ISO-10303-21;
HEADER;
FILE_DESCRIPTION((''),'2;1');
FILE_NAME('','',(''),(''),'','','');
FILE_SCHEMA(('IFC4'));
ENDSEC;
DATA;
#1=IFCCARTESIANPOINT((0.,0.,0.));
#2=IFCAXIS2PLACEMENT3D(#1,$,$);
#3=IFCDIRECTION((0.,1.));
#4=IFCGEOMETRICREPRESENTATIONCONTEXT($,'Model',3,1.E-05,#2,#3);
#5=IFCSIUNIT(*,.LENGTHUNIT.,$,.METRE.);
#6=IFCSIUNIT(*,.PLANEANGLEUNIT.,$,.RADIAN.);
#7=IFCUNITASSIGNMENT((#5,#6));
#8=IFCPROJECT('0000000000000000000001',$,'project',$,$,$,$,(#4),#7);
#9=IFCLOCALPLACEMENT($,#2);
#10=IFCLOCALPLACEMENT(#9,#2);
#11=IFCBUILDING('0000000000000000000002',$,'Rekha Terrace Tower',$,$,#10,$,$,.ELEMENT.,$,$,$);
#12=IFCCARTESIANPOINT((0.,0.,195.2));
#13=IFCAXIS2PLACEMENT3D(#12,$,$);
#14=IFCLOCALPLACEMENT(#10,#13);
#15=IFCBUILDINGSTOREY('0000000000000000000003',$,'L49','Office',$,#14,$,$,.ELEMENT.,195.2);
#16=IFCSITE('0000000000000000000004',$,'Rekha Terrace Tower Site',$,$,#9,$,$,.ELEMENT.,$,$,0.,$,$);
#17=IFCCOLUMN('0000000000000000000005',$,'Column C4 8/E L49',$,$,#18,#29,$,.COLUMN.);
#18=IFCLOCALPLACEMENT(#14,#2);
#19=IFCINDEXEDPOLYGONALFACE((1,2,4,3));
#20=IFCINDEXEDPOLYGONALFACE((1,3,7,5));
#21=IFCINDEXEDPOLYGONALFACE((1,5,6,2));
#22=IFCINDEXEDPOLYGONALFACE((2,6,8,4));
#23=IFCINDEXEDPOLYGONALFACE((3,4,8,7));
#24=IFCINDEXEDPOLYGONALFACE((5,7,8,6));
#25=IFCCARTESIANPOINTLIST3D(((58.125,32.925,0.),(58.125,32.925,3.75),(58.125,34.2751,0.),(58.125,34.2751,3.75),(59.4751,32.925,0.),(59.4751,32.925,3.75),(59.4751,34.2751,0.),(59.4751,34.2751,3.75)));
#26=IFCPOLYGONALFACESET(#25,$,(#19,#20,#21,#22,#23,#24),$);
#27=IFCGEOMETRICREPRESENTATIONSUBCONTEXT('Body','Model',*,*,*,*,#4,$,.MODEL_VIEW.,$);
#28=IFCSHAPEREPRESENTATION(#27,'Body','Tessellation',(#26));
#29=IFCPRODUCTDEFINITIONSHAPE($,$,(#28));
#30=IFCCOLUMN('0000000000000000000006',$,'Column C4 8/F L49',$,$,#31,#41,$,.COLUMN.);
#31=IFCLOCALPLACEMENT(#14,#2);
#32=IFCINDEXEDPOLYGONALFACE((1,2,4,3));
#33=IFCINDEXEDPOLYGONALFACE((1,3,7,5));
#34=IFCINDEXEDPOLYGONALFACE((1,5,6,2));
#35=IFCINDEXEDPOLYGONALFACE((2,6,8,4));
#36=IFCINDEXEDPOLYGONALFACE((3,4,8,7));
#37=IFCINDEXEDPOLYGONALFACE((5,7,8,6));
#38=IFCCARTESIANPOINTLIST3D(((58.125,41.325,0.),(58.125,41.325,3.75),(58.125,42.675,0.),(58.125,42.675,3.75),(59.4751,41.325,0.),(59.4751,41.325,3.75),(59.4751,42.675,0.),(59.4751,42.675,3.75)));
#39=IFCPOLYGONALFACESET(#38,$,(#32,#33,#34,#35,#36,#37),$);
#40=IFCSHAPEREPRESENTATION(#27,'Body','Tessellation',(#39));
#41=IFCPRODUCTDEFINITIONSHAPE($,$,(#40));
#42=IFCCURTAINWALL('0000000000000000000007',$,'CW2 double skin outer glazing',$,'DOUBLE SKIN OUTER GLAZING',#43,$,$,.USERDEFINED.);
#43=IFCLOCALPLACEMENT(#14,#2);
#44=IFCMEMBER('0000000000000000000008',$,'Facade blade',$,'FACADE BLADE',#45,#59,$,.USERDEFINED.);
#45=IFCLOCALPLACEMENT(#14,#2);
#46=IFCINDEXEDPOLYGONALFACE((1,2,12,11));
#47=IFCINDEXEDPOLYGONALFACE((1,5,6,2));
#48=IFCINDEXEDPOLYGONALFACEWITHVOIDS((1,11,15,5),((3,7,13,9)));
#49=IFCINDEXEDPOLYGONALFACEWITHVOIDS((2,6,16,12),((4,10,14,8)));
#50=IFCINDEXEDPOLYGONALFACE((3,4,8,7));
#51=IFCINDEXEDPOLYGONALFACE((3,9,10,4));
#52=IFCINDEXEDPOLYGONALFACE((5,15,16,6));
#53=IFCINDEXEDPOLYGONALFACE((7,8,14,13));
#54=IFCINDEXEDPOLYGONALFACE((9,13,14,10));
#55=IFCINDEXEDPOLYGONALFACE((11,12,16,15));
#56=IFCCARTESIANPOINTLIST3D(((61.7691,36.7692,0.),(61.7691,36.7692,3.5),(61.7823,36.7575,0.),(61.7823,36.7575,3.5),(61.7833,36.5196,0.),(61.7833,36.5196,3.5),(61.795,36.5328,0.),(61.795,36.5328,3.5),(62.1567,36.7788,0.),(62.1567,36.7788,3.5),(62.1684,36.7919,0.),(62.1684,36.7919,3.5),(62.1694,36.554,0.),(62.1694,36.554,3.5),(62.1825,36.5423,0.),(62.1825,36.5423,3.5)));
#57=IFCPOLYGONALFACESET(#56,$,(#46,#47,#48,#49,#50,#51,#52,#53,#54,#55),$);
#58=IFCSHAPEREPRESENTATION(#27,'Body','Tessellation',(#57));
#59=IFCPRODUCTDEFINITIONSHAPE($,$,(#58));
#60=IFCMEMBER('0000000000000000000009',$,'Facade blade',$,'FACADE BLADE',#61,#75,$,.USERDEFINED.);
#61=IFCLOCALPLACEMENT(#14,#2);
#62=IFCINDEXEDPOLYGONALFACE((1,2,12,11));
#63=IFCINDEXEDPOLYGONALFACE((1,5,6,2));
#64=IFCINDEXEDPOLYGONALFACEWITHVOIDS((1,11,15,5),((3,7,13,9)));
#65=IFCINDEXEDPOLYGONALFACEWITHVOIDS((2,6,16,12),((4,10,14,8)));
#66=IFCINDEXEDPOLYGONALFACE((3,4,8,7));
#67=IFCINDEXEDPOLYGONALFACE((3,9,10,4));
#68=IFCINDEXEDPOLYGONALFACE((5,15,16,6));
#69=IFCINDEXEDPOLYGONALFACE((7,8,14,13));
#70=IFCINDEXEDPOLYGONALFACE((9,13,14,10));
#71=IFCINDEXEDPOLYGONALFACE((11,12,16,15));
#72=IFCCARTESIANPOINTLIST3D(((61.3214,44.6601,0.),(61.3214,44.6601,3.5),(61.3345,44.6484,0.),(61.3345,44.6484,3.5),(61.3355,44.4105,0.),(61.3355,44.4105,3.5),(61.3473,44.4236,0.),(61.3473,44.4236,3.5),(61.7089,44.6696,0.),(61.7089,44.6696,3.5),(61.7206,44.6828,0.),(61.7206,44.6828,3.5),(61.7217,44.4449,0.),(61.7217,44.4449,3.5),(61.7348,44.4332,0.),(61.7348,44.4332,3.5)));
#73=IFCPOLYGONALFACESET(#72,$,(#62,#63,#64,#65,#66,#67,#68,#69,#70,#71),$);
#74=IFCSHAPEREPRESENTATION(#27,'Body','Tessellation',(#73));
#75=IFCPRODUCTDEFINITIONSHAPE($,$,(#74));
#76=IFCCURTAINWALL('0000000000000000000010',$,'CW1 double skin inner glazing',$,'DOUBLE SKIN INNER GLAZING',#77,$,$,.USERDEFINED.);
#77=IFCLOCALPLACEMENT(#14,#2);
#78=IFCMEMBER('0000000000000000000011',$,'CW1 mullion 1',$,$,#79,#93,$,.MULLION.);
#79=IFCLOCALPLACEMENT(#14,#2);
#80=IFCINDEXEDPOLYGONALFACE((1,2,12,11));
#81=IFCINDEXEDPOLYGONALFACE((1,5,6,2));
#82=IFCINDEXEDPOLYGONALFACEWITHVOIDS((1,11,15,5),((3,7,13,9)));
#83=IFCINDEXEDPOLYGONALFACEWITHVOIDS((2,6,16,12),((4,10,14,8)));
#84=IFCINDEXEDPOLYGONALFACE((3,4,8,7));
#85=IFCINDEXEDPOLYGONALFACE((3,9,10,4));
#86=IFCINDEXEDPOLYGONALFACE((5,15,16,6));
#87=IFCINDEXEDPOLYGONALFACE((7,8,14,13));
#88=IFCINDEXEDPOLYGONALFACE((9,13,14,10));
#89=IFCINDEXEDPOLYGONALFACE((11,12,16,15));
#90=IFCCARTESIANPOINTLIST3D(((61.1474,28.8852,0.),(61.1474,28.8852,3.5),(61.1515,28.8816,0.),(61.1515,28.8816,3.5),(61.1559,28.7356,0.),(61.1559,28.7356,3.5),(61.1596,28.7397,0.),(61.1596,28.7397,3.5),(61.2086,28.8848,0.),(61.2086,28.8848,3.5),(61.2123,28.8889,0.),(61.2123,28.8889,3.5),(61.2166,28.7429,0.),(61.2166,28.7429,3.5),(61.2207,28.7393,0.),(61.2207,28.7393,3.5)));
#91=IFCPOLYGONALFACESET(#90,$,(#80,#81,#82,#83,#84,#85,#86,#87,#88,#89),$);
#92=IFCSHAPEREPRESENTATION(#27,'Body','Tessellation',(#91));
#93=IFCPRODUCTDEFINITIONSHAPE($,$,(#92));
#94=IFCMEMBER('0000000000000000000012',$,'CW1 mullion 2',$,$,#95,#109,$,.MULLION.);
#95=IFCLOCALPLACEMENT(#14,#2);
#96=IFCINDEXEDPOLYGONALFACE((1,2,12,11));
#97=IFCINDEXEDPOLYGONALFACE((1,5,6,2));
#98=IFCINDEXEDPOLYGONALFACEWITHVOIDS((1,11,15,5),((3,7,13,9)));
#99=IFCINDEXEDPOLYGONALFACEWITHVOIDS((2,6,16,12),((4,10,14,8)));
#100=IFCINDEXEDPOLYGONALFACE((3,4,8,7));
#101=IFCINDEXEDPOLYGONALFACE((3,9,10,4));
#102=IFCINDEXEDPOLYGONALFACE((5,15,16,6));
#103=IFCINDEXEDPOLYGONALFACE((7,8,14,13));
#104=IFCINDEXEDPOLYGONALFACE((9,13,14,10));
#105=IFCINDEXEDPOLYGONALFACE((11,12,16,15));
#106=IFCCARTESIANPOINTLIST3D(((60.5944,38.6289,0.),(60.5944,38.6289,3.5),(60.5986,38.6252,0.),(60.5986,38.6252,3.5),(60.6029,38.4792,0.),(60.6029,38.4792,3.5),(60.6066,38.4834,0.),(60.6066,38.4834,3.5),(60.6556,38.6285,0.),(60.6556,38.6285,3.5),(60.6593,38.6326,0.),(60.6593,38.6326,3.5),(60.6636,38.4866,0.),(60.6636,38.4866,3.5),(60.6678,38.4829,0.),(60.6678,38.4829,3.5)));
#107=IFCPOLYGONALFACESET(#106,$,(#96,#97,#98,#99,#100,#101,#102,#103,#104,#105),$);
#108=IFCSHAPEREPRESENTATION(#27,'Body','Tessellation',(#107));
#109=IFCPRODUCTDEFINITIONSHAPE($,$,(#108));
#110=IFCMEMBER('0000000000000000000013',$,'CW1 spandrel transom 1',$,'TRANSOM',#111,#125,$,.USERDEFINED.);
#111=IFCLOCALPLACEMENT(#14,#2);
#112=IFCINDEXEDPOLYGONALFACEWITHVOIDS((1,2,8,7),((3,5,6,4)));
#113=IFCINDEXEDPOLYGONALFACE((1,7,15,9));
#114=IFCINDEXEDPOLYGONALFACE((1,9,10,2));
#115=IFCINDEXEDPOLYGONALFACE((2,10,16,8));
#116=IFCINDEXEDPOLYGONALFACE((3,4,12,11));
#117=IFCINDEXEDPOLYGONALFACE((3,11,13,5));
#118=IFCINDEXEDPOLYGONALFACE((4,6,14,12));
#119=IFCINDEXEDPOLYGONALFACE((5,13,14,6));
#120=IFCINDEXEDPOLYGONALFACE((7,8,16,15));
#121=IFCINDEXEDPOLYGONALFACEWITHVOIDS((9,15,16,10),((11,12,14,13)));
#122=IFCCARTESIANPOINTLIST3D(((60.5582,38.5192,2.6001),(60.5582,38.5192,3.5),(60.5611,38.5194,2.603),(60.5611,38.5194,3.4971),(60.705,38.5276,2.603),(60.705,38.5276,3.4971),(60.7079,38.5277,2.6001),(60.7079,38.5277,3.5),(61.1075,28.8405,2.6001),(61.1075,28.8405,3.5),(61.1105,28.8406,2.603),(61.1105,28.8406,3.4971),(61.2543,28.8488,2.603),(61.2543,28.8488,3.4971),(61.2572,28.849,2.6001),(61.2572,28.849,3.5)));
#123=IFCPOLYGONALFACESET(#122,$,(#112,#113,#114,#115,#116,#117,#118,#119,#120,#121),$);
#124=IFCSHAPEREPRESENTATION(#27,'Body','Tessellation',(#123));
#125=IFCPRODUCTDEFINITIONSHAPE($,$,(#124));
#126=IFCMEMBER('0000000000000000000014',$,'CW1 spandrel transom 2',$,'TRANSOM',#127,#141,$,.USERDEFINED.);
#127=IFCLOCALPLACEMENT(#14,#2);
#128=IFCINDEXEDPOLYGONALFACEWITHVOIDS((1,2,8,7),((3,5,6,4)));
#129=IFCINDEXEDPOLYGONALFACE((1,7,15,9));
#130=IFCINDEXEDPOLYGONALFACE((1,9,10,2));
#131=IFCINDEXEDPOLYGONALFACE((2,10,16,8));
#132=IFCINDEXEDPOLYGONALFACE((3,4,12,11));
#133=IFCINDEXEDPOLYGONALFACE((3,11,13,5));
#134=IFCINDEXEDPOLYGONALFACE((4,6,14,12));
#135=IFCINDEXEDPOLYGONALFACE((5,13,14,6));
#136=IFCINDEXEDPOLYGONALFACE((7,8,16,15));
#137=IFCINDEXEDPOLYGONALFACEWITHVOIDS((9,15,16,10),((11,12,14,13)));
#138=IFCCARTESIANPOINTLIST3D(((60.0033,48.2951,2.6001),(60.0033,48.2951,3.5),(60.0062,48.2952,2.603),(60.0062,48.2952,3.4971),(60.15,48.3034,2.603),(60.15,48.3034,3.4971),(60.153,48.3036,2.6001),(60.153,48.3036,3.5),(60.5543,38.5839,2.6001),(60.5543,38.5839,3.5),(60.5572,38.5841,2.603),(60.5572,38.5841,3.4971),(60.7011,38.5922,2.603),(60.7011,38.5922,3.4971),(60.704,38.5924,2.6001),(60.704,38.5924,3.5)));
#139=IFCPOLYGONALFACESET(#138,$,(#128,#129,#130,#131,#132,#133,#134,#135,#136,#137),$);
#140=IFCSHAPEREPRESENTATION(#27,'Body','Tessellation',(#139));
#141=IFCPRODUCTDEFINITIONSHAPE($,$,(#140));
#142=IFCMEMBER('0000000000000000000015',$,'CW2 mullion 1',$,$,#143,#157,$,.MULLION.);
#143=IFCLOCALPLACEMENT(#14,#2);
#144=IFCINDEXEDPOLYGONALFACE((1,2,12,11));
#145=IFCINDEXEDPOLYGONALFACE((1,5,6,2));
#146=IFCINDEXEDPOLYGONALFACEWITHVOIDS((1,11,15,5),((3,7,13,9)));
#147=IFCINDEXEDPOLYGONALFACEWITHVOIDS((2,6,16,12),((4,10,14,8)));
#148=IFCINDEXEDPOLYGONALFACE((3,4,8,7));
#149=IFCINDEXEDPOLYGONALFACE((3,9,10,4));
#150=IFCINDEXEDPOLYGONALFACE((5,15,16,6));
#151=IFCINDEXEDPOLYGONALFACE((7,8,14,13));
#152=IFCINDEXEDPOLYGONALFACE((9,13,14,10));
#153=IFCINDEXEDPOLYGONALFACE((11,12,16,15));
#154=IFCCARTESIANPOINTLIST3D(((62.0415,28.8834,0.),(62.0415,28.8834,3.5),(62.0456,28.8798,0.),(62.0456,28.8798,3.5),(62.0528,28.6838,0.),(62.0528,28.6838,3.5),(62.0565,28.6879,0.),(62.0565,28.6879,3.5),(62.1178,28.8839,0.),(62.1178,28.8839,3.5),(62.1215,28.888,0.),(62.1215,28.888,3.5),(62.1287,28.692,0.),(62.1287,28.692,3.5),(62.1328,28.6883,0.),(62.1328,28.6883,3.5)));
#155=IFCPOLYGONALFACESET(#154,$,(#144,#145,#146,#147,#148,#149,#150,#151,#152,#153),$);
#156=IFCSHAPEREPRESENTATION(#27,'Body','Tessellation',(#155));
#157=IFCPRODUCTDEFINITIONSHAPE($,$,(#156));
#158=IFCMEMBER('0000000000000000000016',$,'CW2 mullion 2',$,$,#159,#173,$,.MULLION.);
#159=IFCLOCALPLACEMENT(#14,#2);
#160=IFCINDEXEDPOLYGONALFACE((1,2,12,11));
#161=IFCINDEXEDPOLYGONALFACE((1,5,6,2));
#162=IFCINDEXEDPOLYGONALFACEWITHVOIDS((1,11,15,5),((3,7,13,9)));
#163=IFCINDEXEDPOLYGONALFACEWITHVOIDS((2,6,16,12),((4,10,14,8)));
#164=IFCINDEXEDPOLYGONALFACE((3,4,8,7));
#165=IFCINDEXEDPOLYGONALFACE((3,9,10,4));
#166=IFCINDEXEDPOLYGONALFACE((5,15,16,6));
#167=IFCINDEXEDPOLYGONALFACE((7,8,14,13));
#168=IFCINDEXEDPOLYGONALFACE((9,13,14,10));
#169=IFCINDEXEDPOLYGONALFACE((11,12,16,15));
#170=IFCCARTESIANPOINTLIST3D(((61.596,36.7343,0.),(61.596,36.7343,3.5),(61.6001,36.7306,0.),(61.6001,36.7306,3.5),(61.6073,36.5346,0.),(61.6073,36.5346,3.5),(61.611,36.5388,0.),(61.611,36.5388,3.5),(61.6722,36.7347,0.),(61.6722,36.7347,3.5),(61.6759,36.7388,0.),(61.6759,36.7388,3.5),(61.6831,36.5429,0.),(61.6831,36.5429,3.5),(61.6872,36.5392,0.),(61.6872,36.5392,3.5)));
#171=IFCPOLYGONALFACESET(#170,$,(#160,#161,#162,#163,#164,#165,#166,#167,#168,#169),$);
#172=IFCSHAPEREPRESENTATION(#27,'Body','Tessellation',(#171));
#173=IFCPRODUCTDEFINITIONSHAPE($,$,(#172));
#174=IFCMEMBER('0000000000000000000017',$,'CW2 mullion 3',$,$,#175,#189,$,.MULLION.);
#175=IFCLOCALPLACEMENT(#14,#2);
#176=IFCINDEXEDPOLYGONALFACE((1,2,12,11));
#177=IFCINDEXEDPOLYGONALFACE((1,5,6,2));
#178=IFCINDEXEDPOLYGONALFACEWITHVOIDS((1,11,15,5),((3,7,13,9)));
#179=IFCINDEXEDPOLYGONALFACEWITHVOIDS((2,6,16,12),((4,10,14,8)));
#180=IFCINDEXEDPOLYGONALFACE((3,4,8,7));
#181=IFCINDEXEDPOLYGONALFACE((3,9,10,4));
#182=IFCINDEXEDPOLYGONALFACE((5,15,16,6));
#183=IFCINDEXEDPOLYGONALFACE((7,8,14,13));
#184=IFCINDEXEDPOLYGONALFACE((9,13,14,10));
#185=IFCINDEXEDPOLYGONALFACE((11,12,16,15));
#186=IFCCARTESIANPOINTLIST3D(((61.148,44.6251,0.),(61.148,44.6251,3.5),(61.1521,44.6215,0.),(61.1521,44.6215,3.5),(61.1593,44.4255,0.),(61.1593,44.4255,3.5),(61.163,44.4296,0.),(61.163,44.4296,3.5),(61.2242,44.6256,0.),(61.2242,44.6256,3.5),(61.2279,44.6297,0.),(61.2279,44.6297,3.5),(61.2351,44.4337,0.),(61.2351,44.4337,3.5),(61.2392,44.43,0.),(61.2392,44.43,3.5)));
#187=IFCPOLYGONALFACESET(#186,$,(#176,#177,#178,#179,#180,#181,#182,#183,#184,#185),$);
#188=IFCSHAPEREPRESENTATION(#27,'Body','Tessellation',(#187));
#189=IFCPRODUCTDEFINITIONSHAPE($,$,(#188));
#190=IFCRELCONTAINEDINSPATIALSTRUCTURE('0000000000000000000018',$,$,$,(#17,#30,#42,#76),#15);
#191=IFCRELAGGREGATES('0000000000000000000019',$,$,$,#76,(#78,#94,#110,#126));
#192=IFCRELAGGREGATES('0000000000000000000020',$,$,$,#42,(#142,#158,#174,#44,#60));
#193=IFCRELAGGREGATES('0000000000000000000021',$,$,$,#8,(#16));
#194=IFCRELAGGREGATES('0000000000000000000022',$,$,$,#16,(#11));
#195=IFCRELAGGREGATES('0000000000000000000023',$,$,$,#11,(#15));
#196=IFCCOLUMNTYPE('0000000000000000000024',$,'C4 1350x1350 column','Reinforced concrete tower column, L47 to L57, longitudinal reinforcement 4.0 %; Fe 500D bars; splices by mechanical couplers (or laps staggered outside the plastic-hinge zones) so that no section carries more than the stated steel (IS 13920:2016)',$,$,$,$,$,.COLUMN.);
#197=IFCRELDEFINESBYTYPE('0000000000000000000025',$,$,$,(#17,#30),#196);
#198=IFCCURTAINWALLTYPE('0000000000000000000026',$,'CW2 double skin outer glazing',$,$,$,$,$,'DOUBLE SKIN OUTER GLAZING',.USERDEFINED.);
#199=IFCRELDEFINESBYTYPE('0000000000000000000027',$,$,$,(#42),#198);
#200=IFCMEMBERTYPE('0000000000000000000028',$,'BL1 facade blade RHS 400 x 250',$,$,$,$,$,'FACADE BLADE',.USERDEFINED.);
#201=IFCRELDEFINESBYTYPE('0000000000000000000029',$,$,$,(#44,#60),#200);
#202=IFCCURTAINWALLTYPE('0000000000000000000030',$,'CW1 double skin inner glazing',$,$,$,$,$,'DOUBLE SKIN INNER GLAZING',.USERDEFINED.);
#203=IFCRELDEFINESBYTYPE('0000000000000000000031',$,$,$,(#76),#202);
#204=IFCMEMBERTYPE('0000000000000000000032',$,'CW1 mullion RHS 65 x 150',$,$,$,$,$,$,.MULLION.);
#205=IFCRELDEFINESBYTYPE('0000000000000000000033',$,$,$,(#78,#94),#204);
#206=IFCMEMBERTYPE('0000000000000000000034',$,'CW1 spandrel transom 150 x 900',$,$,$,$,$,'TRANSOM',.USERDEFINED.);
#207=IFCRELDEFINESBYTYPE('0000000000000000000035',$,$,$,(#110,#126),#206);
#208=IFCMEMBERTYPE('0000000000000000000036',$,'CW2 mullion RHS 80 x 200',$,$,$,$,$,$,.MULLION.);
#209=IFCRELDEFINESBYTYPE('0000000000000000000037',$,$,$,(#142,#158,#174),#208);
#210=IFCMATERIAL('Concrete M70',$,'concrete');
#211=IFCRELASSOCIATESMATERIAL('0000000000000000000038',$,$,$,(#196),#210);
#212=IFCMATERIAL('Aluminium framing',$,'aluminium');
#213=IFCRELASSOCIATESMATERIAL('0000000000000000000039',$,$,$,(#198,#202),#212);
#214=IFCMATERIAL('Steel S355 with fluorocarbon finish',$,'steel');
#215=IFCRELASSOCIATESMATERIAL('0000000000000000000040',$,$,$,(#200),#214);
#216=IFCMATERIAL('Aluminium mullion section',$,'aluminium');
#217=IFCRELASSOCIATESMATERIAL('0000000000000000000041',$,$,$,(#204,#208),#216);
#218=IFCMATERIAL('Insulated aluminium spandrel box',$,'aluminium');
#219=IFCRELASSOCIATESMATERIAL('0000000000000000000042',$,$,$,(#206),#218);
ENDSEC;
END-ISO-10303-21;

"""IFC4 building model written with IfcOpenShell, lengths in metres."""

from ifc_helpers import new_model, si_unit, direction, frame, origin, origin_2d, place, context, subcontext, project, spatial, rectangle, hollow_rectangle, extrude, material, material_profile, profile_set, type_object, element, aggregate, save


model = new_model("IFC4")

# Units and contexts
model_context = context("Model", 3, precision=1e-05, world=origin(), true_north=direction((0.0, 1.0)))
body_context = subcontext(model_context, "Body", "Model", "MODEL_VIEW")
ifc_project = project(units=[si_unit("LENGTHUNIT", "METRE"), si_unit("PLANEANGLEUNIT", "RADIAN")], contexts=[model_context])

# Site, building, storey
site_placement = place(None, origin())
site = spatial("IfcSite", under=ifc_project, at=site_placement, Name="Rekha Terrace Tower Site", CompositionType="ELEMENT", RefElevation=0.0)
building_placement = place(site_placement, origin())
building = spatial("IfcBuilding", under=site, at=building_placement, Name="Rekha Terrace Tower", CompositionType="ELEMENT")
storey_placement = place(building_placement, frame((0.0, 0.0, 195.2)))
storey = spatial("IfcBuildingStorey", under=building, at=storey_placement, Name="L49", Description="Office", CompositionType="ELEMENT", Elevation=195.2)

# Columns
ifc_material_1 = material(Name="Concrete M70", Category="concrete")
ifc_material_profile_1 = material_profile(ifc_material_1, rectangle(XDim=1.3501, YDim=1.3501, at=origin_2d()), Name="RC 1350x1350")
ifc_profile_set_1 = profile_set([ifc_material_profile_1], Name="Concrete M70")
column_type = type_object("IfcColumnType", Name="C4 1350x1350 column", Description="Reinforced concrete tower column, L47 to L57, longitudinal reinforcement 4.0 %; Fe 500D bars; splices by mechanical couplers (or laps staggered outside the plastic-hinge zones) so that no section carries more than the stated steel (IS 13920:2016)", PredefinedType="COLUMN", material=ifc_profile_set_1)
for number, where, z_axis, x_axis, name in (
    (1, (58.8, 33.6001, 0.0), (0.0, 0.0, 1.0), (1.0, 0.0, 0.0), "Column C4 8/E L49"),
    (2, (58.8, 42.0, 0.0), (0.0, 0.0, 1.0), (1.0, 0.0, 0.0), "Column C4 8/F L49"),
):
    element("IfcColumn", number, at=place(storey_placement, frame(where, z_axis=z_axis, x_axis=x_axis)), inside=storey, type_object=column_type, Name=name, PredefinedType="COLUMN", context=body_context, shape_type="SweptSolid", body=[
        extrude(rectangle(XDim=1.3501, YDim=1.3501, at=origin_2d()), origin(), (0.0, 0.0, 1.0), 3.75),
    ])

# Curtain walls, members
ifc_material_2 = material(Name="Aluminium framing", Category="aluminium")
curtain_wall_type_1 = type_object("IfcCurtainWallType", Name="CW2 double skin outer glazing", ElementType="DOUBLE SKIN OUTER GLAZING", PredefinedType="USERDEFINED", material=ifc_material_2)
curtain_wall_1_placement = place(storey_placement, origin())
curtain_wall_1 = element("IfcCurtainWall", 3, at=curtain_wall_1_placement, inside=storey, type_object=curtain_wall_type_1, Name="CW2 double skin outer glazing", ObjectType="DOUBLE SKIN OUTER GLAZING", PredefinedType="USERDEFINED")
ifc_material_3 = material(Name="Steel S355 with fluorocarbon finish", Category="steel")
ifc_material_profile_2 = material_profile(ifc_material_3, hollow_rectangle(XDim=0.25, YDim=0.3999, WallThickness=0.0125, at=origin_2d()), Name="RHS400x250x12.5")
ifc_profile_set_2 = profile_set([ifc_material_profile_2], Name="Steel S355 with fluorocarbon finish")
member_type_1 = type_object("IfcMemberType", Name="BL1 facade blade RHS 400 x 250", ElementType="FACADE BLADE", PredefinedType="USERDEFINED", material=ifc_profile_set_2)
member_1_placement = place(storey_placement, frame((61.9758, 36.6558, 0.0), z_axis=(0.0, 0.0, 1.0), x_axis=(-0.056674, 0.998393, 0.0)))
member_1 = element("IfcMember", 4, at=member_1_placement, type_object=member_type_1, Name="Facade blade", ObjectType="FACADE BLADE", PredefinedType="USERDEFINED", context=body_context, shape_type="SweptSolid", body=[
    extrude(hollow_rectangle(XDim=0.25, YDim=0.3999, WallThickness=0.0125, at=origin_2d()), origin(), (0.0, 0.0, 1.0), 3.5),
])
member_2_placement = place(storey_placement, frame((61.5281, 44.5466, 0.0), z_axis=(0.0, 0.0, 1.0), x_axis=(-0.056674, 0.998393, 0.0)))
member_2 = element("IfcMember", 5, at=member_2_placement, type_object=member_type_1, Name="Facade blade", ObjectType="FACADE BLADE", PredefinedType="USERDEFINED", context=body_context, shape_type="SweptSolid", body=[
    extrude(hollow_rectangle(XDim=0.25, YDim=0.3999, WallThickness=0.0125, at=origin_2d()), origin(), (0.0, 0.0, 1.0), 3.5),
])
curtain_wall_type_2 = type_object("IfcCurtainWallType", Name="CW1 double skin inner glazing", ElementType="DOUBLE SKIN INNER GLAZING", PredefinedType="USERDEFINED", material=ifc_material_2)
curtain_wall_2_placement = place(storey_placement, origin())
curtain_wall_2 = element("IfcCurtainWall", 6, at=curtain_wall_2_placement, inside=storey, type_object=curtain_wall_type_2, Name="CW1 double skin inner glazing", ObjectType="DOUBLE SKIN INNER GLAZING", PredefinedType="USERDEFINED")
ifc_material_4 = material(Name="Aluminium mullion section", Category="aluminium")
ifc_material_profile_3 = material_profile(ifc_material_4, hollow_rectangle(XDim=0.0649, YDim=0.1499, WallThickness=0.0039, at=origin_2d()), Name="AL RHS 65x150")
ifc_profile_set_3 = profile_set([ifc_material_profile_3], Name="Aluminium mullion section")
member_type_2 = type_object("IfcMemberType", Name="CW1 mullion RHS 65 x 150", PredefinedType="MULLION", material=ifc_profile_set_3)
member_3_placement = place(storey_placement, frame((61.1841, 28.8123, 0.0), z_axis=(0.0, 0.0, 1.0), x_axis=(-0.998393, -0.056673, 0.0)))
member_3 = element("IfcMember", 7, at=member_3_placement, type_object=member_type_2, Name="CW1 mullion 1", PredefinedType="MULLION", context=body_context, shape_type="SweptSolid", body=[
    extrude(hollow_rectangle(XDim=0.0649, YDim=0.1499, WallThickness=0.0039, at=origin_2d()), origin(), (0.0, 0.0, 1.0), 3.5),
])
member_4_placement = place(storey_placement, frame((60.6311, 38.5559, 0.0), z_axis=(0.0, 0.0, 1.0), x_axis=(-0.998393, -0.056673, 0.0)))
member_4 = element("IfcMember", 8, at=member_4_placement, type_object=member_type_2, Name="CW1 mullion 2", PredefinedType="MULLION", context=body_context, shape_type="SweptSolid", body=[
    extrude(hollow_rectangle(XDim=0.0649, YDim=0.1499, WallThickness=0.0039, at=origin_2d()), origin(), (0.0, 0.0, 1.0), 3.5),
])
ifc_material_5 = material(Name="Insulated aluminium spandrel box", Category="aluminium")
ifc_material_profile_4 = material_profile(ifc_material_5, hollow_rectangle(XDim=0.1499, YDim=0.8999, WallThickness=0.0029, at=origin_2d()), Name="AL SPANDREL BOX 150x900")
ifc_profile_set_4 = profile_set([ifc_material_profile_4], Name="Insulated aluminium spandrel box")
member_type_3 = type_object("IfcMemberType", Name="CW1 spandrel transom 150 x 900", ElementType="TRANSOM", PredefinedType="USERDEFINED", material=ifc_profile_set_4)
member_5_placement = place(storey_placement, frame((61.1824, 28.8447, 3.05), z_axis=(-0.056664, 0.998393, 0.0), x_axis=(-0.998393, -0.056664, 0.0)))
member_5 = element("IfcMember", 9, at=member_5_placement, type_object=member_type_3, Name="CW1 spandrel transom 1", ObjectType="TRANSOM", PredefinedType="USERDEFINED", context=body_context, shape_type="SweptSolid", body=[
    extrude(hollow_rectangle(XDim=0.1499, YDim=0.8999, WallThickness=0.0029, at=origin_2d()), origin(), (0.0, 0.0, 1.0), 9.6943),
])
member_6_placement = place(storey_placement, frame((60.6292, 38.5881, 3.05), z_axis=(-0.05665, 0.998394, 0.0), x_axis=(-0.998394, -0.05665, 0.0)))
member_6 = element("IfcMember", 10, at=member_6_placement, type_object=member_type_3, Name="CW1 spandrel transom 2", ObjectType="TRANSOM", PredefinedType="USERDEFINED", context=body_context, shape_type="SweptSolid", body=[
    extrude(hollow_rectangle(XDim=0.1499, YDim=0.8999, WallThickness=0.0029, at=origin_2d()), origin(), (0.0, 0.0, 1.0), 9.7268),
])

# Members
ifc_material_profile_5 = material_profile(ifc_material_4, hollow_rectangle(XDim=0.0801, YDim=0.2, WallThickness=0.0039, at=origin_2d()), Name="AL RHS 80x200")
ifc_profile_set_5 = profile_set([ifc_material_profile_5], Name="Aluminium mullion section")
member_type_4 = type_object("IfcMemberType", Name="CW2 mullion RHS 80 x 200", PredefinedType="MULLION", material=ifc_profile_set_5)
member_7_placement = place(storey_placement, frame((62.0872, 28.7859, 0.0), z_axis=(0.0, 0.0, 1.0), x_axis=(-0.998393, -0.056673, 0.0)))
member_7 = element("IfcMember", 11, at=member_7_placement, type_object=member_type_4, Name="CW2 mullion 1", PredefinedType="MULLION", context=body_context, shape_type="SweptSolid", body=[
    extrude(hollow_rectangle(XDim=0.0801, YDim=0.2, WallThickness=0.0039, at=origin_2d()), origin(), (0.0, 0.0, 1.0), 3.5),
])
member_8_placement = place(storey_placement, frame((61.6416, 36.6367, 0.0), z_axis=(0.0, 0.0, 1.0), x_axis=(-0.998393, -0.056673, 0.0)))
member_8 = element("IfcMember", 12, at=member_8_placement, type_object=member_type_4, Name="CW2 mullion 2", PredefinedType="MULLION", context=body_context, shape_type="SweptSolid", body=[
    extrude(hollow_rectangle(XDim=0.0801, YDim=0.2, WallThickness=0.0039, at=origin_2d()), origin(), (0.0, 0.0, 1.0), 3.5),
])
member_9_placement = place(storey_placement, frame((61.1936, 44.5276, 0.0), z_axis=(0.0, 0.0, 1.0), x_axis=(-0.998393, -0.056673, 0.0)))
member_9 = element("IfcMember", 13, at=member_9_placement, type_object=member_type_4, Name="CW2 mullion 3", PredefinedType="MULLION", context=body_context, shape_type="SweptSolid", body=[
    extrude(hollow_rectangle(XDim=0.0801, YDim=0.2, WallThickness=0.0039, at=origin_2d()), origin(), (0.0, 0.0, 1.0), 3.5),
])

aggregate(curtain_wall_2, [member_3, member_4, member_5, member_6])
aggregate(curtain_wall_1, [member_7, member_8, member_9, member_1, member_2])

save(model, "model.ifc")
